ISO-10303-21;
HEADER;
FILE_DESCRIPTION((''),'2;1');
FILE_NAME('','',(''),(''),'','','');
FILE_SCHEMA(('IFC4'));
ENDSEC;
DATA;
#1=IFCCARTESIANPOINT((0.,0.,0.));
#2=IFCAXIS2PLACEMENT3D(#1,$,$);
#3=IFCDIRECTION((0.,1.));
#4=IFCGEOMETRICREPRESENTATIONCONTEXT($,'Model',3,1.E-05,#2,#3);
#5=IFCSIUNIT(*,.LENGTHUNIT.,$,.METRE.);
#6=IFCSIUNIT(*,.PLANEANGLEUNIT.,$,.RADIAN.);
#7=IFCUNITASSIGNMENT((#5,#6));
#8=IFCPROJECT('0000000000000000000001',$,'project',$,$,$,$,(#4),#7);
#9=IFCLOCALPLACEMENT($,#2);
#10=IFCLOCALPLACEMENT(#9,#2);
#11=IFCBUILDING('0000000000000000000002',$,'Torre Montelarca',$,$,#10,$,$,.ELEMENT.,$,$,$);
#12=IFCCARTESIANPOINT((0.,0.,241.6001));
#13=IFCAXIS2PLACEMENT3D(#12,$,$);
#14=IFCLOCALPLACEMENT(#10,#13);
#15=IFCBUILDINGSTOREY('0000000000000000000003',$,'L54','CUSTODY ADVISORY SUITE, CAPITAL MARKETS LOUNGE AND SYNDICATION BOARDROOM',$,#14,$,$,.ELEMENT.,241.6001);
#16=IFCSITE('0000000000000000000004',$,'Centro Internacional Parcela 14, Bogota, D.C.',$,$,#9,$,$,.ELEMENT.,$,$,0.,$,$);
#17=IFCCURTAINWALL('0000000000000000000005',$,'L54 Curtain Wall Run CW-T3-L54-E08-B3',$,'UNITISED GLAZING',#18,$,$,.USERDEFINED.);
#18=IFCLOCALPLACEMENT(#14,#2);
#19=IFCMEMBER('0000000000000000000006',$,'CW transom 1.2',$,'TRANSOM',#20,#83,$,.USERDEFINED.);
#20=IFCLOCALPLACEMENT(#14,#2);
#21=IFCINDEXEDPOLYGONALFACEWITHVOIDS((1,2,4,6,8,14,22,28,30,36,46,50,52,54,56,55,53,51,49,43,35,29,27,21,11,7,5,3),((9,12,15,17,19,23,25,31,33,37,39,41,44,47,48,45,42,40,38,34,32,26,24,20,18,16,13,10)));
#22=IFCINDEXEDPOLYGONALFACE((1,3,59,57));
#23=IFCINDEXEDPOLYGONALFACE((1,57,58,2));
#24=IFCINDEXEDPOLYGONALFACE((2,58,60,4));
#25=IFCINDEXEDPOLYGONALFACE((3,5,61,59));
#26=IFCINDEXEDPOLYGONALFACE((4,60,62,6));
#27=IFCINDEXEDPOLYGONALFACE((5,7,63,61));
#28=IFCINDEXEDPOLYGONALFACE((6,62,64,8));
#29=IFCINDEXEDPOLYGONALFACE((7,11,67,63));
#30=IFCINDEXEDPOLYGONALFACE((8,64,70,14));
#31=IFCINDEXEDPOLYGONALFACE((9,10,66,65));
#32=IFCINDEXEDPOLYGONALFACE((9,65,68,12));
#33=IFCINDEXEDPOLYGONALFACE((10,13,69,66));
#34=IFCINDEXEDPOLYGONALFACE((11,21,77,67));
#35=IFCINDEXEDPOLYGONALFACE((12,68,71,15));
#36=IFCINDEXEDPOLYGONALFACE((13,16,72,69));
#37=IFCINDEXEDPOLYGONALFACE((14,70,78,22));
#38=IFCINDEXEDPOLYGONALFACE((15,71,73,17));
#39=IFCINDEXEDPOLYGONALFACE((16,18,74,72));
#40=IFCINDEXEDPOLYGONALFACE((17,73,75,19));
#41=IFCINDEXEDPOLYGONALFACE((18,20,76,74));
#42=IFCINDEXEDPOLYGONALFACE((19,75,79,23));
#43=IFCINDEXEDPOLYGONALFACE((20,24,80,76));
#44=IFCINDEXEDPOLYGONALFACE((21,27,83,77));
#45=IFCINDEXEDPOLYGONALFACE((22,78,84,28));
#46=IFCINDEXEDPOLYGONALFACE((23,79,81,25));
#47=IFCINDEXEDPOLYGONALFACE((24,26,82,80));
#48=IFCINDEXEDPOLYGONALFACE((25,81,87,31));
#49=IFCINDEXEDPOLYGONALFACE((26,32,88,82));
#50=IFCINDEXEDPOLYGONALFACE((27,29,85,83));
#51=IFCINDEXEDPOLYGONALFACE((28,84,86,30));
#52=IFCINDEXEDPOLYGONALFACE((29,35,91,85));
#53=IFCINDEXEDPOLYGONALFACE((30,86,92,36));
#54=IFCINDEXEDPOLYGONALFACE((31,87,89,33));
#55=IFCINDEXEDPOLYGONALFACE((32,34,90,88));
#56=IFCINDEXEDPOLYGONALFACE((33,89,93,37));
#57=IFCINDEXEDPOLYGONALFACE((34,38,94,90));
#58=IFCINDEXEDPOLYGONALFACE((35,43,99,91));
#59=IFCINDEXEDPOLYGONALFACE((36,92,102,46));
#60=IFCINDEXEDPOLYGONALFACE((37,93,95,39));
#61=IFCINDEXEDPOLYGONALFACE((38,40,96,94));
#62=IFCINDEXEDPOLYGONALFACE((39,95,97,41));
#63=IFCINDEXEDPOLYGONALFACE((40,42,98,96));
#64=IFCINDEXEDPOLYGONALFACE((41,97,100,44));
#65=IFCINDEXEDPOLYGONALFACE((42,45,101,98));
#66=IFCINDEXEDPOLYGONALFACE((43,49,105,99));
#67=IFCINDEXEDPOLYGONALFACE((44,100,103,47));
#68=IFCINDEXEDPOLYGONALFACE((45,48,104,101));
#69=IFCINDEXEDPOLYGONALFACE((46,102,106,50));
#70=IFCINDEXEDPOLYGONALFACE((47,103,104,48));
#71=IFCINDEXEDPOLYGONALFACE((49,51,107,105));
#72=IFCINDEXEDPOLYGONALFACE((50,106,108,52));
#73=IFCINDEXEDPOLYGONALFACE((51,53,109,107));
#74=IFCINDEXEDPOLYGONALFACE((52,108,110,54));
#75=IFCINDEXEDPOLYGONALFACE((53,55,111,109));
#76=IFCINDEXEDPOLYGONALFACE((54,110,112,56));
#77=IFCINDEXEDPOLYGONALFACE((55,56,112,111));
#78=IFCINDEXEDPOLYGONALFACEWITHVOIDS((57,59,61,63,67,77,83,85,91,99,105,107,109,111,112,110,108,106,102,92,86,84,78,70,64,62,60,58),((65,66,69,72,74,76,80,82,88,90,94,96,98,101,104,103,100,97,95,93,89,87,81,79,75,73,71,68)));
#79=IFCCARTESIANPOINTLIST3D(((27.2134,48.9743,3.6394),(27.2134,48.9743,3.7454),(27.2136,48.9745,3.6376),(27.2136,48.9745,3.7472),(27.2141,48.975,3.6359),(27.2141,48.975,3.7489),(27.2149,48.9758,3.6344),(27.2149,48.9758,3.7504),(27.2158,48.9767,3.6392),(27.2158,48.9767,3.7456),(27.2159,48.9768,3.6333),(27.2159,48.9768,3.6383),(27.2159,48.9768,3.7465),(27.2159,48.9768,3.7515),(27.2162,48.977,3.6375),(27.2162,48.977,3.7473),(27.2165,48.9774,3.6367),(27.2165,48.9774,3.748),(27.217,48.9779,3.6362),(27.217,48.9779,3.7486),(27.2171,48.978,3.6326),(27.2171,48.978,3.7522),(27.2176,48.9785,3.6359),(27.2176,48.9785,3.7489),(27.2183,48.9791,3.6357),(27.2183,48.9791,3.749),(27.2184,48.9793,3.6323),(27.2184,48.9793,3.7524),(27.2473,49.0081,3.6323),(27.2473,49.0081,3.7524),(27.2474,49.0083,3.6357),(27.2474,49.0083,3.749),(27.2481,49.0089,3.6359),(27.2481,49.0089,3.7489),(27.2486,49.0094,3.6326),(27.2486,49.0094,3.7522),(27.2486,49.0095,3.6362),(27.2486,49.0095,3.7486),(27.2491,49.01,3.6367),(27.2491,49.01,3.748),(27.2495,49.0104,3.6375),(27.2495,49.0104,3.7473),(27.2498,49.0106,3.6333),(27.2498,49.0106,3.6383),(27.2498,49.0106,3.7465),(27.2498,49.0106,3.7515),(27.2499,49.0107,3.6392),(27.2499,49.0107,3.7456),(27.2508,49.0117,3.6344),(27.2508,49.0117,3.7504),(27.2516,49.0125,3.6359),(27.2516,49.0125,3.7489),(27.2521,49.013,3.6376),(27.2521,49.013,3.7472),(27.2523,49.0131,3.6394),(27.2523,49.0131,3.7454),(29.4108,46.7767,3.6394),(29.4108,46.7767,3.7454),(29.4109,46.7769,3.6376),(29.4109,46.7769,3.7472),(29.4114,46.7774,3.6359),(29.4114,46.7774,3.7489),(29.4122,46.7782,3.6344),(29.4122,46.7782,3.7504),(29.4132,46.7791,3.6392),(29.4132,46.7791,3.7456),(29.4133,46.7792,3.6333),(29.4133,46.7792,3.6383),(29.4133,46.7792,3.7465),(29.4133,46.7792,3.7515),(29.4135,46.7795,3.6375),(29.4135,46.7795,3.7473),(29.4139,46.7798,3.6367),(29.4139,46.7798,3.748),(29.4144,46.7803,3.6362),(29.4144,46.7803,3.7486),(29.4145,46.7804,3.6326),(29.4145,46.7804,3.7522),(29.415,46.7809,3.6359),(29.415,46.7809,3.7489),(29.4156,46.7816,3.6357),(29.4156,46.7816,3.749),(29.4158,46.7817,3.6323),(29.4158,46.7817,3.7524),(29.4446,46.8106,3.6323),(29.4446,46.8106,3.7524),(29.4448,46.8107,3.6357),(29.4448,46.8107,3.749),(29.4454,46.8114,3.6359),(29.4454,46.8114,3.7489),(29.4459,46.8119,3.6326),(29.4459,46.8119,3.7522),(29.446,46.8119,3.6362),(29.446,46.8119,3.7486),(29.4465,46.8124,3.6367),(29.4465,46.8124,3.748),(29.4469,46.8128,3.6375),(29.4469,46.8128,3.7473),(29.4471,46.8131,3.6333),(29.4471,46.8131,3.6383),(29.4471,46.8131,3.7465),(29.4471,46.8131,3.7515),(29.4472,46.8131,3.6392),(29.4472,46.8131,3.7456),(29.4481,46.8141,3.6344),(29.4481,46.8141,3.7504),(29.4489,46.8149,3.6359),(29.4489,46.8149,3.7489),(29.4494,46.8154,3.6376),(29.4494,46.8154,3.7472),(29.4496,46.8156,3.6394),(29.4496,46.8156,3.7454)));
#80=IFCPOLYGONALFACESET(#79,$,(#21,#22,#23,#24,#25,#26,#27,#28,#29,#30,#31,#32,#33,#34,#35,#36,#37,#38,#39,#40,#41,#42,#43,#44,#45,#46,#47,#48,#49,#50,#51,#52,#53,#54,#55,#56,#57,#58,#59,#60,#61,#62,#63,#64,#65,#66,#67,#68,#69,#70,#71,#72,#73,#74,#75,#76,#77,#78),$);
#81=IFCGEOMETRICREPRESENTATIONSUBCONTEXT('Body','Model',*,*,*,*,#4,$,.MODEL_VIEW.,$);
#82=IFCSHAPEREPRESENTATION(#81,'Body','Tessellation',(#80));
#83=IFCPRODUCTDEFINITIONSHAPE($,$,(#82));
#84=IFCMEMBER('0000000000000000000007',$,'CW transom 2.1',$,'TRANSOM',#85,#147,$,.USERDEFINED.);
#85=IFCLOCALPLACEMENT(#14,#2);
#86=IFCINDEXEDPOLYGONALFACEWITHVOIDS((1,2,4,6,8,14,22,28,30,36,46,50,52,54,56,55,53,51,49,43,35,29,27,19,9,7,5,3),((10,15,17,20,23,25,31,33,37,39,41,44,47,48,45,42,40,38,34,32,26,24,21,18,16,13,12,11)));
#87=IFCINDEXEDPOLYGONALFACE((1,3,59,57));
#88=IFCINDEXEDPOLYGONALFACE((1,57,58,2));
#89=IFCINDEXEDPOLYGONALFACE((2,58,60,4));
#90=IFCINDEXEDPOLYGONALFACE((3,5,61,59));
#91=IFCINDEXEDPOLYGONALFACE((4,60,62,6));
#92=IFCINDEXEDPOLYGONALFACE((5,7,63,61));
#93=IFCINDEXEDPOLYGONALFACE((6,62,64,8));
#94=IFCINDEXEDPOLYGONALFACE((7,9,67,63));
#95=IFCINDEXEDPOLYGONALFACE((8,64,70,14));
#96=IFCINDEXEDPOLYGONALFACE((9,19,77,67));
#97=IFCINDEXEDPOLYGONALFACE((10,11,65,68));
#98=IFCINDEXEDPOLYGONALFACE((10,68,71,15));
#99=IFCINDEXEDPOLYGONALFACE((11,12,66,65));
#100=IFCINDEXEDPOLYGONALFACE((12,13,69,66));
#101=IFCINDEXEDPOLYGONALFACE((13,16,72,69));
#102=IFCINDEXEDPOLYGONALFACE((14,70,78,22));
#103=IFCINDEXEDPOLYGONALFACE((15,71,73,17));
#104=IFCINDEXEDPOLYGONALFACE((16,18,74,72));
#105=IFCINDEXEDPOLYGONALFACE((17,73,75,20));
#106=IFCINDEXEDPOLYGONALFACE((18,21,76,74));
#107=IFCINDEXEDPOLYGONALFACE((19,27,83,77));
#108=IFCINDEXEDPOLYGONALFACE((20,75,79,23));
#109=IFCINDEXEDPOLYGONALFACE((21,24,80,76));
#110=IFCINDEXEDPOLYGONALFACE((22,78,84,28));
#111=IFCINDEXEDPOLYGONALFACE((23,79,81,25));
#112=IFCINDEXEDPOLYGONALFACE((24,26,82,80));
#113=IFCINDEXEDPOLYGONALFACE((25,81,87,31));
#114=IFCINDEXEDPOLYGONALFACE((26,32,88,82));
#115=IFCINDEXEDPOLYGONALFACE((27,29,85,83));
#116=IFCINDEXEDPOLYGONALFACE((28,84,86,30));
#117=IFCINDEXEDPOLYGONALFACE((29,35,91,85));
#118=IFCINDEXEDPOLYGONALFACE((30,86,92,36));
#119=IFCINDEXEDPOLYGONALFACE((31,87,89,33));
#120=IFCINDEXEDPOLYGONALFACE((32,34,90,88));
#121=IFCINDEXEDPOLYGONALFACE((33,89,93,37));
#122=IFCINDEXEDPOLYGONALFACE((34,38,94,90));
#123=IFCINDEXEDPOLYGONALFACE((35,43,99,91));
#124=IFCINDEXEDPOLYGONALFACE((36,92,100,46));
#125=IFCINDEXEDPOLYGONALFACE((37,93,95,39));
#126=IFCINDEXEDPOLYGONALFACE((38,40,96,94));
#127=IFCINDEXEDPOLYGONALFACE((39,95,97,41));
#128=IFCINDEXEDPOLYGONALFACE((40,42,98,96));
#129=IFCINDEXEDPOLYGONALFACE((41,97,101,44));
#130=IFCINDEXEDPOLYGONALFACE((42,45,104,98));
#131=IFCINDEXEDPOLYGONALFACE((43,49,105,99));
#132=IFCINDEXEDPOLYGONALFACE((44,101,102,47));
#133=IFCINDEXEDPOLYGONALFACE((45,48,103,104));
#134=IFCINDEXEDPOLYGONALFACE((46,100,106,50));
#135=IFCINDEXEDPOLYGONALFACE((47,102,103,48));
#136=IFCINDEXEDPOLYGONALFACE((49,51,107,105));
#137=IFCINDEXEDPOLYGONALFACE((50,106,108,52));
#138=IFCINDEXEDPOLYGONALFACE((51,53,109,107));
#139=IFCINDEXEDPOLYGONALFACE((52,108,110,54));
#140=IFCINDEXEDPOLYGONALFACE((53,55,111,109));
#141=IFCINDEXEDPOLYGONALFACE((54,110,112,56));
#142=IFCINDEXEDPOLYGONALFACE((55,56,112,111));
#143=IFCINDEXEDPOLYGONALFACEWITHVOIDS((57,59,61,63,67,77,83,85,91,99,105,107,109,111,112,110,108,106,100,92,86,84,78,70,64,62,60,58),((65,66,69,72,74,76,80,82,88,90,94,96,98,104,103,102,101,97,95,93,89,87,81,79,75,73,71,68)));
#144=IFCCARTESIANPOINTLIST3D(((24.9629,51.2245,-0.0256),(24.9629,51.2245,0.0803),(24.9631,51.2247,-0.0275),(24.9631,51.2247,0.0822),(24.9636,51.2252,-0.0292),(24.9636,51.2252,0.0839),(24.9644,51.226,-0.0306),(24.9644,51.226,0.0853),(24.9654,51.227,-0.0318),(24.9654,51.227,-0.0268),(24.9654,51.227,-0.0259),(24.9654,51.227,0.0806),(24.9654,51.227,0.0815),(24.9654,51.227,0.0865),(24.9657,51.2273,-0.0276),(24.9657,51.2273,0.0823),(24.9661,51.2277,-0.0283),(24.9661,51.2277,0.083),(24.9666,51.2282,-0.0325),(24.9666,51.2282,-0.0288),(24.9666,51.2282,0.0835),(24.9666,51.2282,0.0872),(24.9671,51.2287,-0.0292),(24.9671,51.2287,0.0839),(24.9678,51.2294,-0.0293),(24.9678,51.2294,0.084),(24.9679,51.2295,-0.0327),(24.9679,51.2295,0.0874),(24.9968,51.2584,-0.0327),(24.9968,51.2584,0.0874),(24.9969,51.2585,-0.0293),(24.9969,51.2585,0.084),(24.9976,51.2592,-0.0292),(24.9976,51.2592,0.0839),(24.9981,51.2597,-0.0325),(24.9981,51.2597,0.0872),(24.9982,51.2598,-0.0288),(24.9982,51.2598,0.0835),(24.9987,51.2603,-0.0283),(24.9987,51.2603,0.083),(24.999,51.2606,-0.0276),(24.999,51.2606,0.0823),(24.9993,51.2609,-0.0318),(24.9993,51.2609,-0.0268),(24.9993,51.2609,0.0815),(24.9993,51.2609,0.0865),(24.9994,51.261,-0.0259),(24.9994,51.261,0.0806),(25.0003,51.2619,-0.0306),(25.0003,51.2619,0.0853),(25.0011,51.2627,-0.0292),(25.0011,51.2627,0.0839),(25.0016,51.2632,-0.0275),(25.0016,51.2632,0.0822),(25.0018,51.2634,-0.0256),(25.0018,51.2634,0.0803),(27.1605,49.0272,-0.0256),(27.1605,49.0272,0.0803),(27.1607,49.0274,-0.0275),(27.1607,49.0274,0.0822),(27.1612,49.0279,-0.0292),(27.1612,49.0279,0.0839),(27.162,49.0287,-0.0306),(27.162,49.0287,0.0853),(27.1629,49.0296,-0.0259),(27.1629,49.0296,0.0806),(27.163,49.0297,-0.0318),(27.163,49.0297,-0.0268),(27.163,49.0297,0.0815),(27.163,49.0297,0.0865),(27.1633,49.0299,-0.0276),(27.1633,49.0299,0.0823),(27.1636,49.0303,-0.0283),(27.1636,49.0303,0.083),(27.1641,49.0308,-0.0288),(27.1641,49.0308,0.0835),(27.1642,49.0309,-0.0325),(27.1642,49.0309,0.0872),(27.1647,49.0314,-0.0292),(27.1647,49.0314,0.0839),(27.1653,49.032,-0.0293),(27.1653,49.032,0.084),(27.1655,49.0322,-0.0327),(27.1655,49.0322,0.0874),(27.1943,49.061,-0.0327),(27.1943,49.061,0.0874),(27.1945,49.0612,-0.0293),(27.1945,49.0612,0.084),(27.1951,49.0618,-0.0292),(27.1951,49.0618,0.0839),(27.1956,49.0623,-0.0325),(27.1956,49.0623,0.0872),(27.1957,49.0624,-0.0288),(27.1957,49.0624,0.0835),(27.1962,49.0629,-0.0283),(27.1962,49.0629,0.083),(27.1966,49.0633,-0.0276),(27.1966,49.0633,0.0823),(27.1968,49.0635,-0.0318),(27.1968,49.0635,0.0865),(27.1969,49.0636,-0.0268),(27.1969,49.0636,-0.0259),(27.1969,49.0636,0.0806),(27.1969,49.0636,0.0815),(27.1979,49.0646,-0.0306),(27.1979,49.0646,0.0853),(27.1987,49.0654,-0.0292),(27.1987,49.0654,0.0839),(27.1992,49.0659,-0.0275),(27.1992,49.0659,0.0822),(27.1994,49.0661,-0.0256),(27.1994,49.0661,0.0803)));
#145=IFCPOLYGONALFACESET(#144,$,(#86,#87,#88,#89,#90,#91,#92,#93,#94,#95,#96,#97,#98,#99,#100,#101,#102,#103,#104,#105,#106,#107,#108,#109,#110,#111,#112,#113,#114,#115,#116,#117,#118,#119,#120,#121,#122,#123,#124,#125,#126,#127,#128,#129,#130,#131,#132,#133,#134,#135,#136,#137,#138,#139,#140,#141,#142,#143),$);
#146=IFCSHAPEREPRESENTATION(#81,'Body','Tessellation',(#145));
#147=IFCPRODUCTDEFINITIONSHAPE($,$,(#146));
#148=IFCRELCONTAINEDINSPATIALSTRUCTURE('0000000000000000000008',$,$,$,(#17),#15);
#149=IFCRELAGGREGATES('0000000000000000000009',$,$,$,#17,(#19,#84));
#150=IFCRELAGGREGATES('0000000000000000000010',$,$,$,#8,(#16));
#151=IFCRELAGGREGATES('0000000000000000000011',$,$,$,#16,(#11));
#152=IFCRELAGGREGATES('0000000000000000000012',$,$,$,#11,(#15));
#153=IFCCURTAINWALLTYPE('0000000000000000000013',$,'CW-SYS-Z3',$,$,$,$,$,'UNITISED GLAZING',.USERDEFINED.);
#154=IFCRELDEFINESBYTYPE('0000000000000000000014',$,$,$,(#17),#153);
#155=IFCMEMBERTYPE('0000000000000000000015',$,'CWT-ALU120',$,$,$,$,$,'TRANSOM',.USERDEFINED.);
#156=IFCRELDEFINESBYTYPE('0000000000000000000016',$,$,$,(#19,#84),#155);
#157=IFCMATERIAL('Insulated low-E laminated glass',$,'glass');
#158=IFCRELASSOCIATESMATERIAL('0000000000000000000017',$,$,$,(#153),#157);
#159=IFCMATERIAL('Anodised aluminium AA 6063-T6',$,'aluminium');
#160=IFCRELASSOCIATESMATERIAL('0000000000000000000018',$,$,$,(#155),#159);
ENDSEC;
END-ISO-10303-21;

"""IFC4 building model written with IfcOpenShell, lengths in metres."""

from ifc_helpers import new_model, si_unit, direction, frame, origin, origin_2d, place, context, subcontext, project, spatial, hollow_rectangle, extrude, source, transform, mapped, material, material_profile, profile_set, type_object, element, aggregate, save


model = new_model("IFC4")

# Units and contexts
model_context = context("Model", 3, precision=1e-05, world=origin(), true_north=direction((0.0, 1.0)))
body_context = subcontext(model_context, "Body", "Model", "MODEL_VIEW")
ifc_project = project(units=[si_unit("LENGTHUNIT", "METRE"), si_unit("PLANEANGLEUNIT", "RADIAN")], contexts=[model_context])

# Site, building, storey
site_placement = place(None, origin())
site = spatial("IfcSite", under=ifc_project, at=site_placement, Name="Centro Internacional Parcela 14, Bogota, D.C.", CompositionType="ELEMENT", RefElevation=0.0)
building_placement = place(site_placement, origin())
building = spatial("IfcBuilding", under=site, at=building_placement, Name="Torre Montelarca", CompositionType="ELEMENT")
storey_placement = place(building_placement, frame((0.0, 0.0, 241.6001)))
storey = spatial("IfcBuildingStorey", under=building, at=storey_placement, Name="L54", Description="CUSTODY ADVISORY SUITE, CAPITAL MARKETS LOUNGE AND SYNDICATION BOARDROOM", CompositionType="ELEMENT", Elevation=241.6001)

# Curtain wall
ifc_material_1 = material(Name="Insulated low-E laminated glass", Category="glass")
curtain_wall_type = type_object("IfcCurtainWallType", Name="CW-SYS-Z3", ElementType="UNITISED GLAZING", PredefinedType="USERDEFINED", material=ifc_material_1)
curtain_wall_1_placement = place(storey_placement, origin())
curtain_wall_1 = element("IfcCurtainWall", 1, at=curtain_wall_1_placement, inside=storey, type_object=curtain_wall_type, Name="L54 Curtain Wall Run CW-T3-L54-E08-B3", ObjectType="UNITISED GLAZING", PredefinedType="USERDEFINED")
ifc_material_2 = material(Name="Anodised aluminium AA 6063-T6", Category="aluminium")

# Members
ifc_material_profile_1 = material_profile(ifc_material_2, hollow_rectangle(XDim=0.0549, YDim=0.1201, WallThickness=0.0034, InnerFilletRadius=0.0034, OuterFilletRadius=0.0071, at=origin_2d()), Name="ALU55X120X3.5", Category="aluminium")
ifc_profile_set_1 = profile_set([ifc_material_profile_1], Name="Anodised aluminium AA 6063-T6")
member_type_1 = type_object("IfcMemberType", Name="CWT-ALU120", ElementType="TRANSOM", PredefinedType="USERDEFINED", material=ifc_profile_set_1)
shared_shape_1 = source(origin(), body_context, "Body", "SweptSolid", [
    extrude(hollow_rectangle(XDim=0.0549, YDim=0.1201, WallThickness=0.0034, InnerFilletRadius=0.0034, OuterFilletRadius=0.0071, at=origin_2d()), origin(), (0.0, 0.0, 1.0), 3.1077),
])
member_1_placement = place(storey_placement, frame((29.4302, 46.7961, 3.6924), z_axis=(-0.707067, 0.707146, 0.0), x_axis=(-0.707146, -0.707067, 0.0)))
member_1 = element("IfcMember", 2, at=member_1_placement, type_object=member_type_1, Name="CW transom 1.2", ObjectType="TRANSOM", PredefinedType="USERDEFINED", context=body_context, shape_type="MappedRepresentation", body=[
    mapped(shared_shape_1, transform((0.0, 0.0, 0.0), scale=1.0)),
])
member_2_placement = place(storey_placement, frame((27.1799, 49.0466, 0.0273), z_axis=(-0.707146, 0.707067, 0.0), x_axis=(-0.707067, -0.707146, 0.0)))
member_2 = element("IfcMember", 3, at=member_2_placement, type_object=member_type_1, Name="CW transom 2.1", ObjectType="TRANSOM", PredefinedType="USERDEFINED", context=body_context, shape_type="MappedRepresentation", body=[
    mapped(shared_shape_1, transform((0.0, 0.0, 0.0), scale=1.0)),
])

aggregate(curtain_wall_1, [member_1, member_2])

save(model, "model.ifc")
